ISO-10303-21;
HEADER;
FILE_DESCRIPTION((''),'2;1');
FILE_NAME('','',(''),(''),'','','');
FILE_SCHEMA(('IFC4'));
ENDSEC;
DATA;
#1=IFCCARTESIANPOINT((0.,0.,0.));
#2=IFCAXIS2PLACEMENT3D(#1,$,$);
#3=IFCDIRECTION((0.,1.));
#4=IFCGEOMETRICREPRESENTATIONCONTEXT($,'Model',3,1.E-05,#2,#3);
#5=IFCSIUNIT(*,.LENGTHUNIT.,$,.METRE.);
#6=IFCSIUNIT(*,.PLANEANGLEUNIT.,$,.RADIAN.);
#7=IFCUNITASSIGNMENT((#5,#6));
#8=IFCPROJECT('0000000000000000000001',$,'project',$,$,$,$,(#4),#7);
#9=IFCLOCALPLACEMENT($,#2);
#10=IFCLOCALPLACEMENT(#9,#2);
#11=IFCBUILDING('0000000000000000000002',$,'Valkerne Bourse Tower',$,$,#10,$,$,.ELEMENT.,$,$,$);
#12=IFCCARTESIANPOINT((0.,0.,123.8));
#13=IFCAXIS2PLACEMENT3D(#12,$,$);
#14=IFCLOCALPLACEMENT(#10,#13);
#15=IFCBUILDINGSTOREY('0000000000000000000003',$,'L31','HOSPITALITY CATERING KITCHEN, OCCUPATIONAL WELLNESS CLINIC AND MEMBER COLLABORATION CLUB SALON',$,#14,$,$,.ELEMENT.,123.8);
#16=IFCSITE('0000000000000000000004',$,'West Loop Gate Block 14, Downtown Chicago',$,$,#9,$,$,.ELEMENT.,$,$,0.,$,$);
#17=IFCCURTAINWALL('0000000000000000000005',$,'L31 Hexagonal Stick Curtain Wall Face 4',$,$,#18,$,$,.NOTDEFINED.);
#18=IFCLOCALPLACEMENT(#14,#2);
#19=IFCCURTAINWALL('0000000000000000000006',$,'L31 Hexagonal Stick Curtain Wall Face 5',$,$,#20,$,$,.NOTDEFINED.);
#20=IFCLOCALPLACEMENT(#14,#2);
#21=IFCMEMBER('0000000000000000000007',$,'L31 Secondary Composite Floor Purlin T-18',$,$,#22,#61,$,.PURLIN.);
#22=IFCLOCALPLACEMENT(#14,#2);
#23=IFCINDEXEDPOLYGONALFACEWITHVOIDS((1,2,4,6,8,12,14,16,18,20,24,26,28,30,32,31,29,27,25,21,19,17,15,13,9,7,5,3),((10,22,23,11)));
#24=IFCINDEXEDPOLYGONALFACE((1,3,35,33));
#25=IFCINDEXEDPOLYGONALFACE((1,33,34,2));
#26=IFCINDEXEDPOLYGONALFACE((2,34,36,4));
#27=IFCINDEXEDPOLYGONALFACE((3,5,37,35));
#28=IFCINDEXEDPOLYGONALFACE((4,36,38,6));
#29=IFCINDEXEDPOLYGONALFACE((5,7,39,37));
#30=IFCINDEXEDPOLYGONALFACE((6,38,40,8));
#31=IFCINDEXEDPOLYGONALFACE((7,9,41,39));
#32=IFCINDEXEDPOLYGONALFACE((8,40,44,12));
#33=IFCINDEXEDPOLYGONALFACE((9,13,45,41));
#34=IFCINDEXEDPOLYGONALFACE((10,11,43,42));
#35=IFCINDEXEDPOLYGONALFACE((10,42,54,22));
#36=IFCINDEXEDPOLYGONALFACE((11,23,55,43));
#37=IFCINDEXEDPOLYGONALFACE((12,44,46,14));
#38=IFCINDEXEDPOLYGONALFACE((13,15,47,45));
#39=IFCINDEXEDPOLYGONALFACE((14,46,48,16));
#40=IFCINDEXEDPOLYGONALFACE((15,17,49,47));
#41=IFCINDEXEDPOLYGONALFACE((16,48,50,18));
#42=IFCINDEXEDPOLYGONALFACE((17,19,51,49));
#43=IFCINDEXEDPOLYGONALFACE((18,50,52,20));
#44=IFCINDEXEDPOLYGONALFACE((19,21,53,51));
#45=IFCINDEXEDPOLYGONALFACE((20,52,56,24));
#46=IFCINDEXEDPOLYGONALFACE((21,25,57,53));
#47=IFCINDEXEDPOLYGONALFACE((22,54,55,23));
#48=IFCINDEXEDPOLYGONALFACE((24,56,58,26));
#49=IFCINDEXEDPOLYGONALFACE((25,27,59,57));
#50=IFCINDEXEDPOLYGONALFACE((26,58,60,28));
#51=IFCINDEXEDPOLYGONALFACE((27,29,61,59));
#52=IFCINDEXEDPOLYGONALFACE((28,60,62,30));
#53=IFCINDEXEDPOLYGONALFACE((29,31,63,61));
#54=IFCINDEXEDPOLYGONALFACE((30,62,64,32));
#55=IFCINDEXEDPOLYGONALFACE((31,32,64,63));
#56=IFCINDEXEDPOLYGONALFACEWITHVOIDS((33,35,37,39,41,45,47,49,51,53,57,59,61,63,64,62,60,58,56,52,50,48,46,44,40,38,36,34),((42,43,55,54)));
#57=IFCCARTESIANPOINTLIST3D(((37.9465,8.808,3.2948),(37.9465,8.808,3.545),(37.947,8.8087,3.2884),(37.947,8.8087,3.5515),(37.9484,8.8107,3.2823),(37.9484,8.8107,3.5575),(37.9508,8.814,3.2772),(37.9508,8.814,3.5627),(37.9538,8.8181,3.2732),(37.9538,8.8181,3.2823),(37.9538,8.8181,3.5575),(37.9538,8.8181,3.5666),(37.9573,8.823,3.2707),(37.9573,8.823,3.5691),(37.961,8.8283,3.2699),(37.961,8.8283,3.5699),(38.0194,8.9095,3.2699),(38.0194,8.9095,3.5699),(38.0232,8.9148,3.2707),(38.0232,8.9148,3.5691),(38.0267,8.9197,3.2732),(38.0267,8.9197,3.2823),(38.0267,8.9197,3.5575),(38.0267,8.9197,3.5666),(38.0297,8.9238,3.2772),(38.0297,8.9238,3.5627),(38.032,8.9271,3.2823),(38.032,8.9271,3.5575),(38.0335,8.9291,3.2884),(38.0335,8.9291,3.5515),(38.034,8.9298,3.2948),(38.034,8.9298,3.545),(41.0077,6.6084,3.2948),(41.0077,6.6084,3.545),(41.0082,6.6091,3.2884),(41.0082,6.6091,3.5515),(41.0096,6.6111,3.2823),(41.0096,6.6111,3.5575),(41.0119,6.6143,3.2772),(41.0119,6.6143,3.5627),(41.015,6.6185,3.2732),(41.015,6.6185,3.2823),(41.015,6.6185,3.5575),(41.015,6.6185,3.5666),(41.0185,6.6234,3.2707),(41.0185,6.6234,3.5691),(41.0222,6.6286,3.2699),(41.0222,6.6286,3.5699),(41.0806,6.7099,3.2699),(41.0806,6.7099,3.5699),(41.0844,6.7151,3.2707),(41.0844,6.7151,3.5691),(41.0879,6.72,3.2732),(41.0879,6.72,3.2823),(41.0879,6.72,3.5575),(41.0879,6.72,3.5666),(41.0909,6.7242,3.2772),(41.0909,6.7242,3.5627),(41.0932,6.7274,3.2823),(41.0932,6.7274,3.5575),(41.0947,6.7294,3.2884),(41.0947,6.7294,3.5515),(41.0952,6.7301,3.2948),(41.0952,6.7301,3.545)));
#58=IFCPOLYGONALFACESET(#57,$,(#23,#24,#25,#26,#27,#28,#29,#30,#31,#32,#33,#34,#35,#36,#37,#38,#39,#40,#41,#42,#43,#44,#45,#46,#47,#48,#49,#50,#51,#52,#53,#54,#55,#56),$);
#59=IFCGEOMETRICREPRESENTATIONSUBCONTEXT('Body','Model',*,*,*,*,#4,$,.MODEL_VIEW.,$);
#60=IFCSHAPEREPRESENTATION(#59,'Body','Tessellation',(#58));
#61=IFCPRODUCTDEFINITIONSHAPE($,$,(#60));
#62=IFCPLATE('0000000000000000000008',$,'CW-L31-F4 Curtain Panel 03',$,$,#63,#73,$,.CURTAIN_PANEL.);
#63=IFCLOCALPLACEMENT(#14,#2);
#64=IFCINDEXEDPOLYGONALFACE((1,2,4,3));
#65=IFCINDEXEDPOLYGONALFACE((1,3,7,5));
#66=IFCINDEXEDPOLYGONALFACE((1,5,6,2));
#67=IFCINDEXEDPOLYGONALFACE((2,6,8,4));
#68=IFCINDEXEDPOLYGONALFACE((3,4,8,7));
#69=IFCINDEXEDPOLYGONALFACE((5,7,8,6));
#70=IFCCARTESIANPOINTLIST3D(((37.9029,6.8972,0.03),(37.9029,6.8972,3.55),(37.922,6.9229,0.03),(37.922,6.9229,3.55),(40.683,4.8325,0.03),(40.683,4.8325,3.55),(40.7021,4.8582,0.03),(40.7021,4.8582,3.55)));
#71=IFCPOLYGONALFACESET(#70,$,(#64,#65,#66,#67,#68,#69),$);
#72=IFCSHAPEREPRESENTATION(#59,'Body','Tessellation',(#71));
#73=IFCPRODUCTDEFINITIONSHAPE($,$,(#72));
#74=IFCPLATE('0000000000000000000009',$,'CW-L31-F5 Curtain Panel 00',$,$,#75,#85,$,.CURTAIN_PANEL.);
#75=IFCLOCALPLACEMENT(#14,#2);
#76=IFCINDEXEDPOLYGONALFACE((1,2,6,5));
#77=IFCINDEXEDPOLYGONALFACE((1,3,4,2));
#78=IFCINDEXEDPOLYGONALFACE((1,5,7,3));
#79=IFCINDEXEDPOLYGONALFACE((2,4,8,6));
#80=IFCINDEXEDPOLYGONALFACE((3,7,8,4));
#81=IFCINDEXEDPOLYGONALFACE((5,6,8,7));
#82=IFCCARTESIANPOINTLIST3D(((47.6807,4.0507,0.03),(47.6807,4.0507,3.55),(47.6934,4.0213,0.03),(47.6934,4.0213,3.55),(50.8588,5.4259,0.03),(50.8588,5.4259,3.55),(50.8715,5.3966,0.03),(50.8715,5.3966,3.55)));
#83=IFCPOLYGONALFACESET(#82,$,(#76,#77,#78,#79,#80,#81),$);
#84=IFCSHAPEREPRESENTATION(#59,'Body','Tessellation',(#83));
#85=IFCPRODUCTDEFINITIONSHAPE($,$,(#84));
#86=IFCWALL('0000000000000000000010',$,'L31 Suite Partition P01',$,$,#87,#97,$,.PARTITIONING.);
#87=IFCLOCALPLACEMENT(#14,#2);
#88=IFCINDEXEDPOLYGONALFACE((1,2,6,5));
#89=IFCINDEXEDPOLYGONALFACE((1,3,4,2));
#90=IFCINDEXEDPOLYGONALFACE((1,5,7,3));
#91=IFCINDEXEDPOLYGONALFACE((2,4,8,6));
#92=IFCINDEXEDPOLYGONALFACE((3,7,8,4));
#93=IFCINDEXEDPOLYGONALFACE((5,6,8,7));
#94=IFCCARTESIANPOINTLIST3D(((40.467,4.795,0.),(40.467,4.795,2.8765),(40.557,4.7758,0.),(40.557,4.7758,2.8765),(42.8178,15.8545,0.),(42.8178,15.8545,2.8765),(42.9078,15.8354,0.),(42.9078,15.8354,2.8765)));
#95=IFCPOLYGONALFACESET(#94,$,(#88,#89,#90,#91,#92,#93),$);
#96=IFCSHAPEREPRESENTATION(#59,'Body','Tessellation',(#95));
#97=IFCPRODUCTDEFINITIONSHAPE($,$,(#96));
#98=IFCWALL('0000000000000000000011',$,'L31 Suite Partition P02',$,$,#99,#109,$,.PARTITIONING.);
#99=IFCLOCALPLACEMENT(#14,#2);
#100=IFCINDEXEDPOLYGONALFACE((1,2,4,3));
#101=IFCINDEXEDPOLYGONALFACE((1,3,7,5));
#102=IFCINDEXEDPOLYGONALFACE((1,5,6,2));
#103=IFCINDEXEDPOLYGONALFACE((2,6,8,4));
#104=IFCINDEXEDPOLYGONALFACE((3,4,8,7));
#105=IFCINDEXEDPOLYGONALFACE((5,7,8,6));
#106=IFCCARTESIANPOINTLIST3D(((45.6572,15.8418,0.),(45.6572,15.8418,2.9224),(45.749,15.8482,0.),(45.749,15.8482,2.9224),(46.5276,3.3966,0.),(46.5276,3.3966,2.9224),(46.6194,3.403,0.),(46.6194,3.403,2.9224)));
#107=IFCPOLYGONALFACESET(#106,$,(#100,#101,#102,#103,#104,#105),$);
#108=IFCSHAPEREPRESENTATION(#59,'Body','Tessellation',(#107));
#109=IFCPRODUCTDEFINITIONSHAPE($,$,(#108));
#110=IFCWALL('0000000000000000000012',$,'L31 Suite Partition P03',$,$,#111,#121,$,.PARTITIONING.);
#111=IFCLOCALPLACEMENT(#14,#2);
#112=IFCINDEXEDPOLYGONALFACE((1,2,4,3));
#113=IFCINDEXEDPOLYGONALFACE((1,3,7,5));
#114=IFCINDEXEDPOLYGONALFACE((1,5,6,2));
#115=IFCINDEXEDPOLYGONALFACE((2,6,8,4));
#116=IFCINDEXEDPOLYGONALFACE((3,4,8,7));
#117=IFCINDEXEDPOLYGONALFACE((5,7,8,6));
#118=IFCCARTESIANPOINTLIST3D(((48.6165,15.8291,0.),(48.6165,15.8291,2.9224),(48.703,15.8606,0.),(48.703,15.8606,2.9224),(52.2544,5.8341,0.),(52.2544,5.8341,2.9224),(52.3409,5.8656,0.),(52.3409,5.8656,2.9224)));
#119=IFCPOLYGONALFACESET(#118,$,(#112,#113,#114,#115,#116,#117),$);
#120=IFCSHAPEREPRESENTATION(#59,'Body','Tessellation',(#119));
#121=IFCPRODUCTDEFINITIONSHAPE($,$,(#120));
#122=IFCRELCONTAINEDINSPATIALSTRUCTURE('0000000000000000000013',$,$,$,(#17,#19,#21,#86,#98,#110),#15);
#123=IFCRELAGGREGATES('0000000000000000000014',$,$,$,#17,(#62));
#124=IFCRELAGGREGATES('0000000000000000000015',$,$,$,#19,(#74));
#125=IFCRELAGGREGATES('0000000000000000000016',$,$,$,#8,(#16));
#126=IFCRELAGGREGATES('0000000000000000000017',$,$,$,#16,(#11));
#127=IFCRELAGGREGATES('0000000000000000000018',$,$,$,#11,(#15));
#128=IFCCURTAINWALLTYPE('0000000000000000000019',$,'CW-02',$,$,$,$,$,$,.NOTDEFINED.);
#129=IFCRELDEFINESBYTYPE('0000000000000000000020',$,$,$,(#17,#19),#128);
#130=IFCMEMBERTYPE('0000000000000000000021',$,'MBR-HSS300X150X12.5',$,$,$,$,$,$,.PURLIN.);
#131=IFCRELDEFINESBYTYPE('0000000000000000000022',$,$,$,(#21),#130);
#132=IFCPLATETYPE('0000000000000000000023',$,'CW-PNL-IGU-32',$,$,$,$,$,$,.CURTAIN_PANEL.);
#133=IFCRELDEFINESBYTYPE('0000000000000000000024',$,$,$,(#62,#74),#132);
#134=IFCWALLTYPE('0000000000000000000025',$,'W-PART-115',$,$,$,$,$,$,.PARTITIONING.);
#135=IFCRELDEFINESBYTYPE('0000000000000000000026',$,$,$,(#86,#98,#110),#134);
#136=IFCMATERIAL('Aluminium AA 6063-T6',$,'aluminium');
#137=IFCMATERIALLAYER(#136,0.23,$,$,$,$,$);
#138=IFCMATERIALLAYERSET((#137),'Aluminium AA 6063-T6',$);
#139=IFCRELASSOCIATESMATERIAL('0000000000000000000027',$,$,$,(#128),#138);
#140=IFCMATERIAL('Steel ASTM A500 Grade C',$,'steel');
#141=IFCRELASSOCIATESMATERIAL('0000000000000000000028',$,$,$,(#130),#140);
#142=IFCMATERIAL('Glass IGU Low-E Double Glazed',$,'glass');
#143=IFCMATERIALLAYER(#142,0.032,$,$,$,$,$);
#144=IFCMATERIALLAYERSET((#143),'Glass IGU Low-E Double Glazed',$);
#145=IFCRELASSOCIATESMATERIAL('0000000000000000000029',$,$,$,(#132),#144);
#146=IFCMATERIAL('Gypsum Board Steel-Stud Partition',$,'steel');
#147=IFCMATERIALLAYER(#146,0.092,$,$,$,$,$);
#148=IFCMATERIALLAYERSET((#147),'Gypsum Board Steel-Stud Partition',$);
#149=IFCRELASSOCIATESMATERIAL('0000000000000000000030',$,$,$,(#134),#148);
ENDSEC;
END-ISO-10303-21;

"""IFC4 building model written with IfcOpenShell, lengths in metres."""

from ifc_helpers import new_model, si_unit, direction, frame, frame_2d, origin, origin_2d, place, context, subcontext, project, spatial, rectangle, hollow_rectangle, extrude, material, layer, layer_set, material_profile, profile_set, type_object, element, aggregate, save


model = new_model("IFC4")

# Units and contexts
model_context = context("Model", 3, precision=1e-05, world=origin(), true_north=direction((0.0, 1.0)))
body_context = subcontext(model_context, "Body", "Model", "MODEL_VIEW")
ifc_project = project(units=[si_unit("LENGTHUNIT", "METRE"), si_unit("PLANEANGLEUNIT", "RADIAN")], contexts=[model_context])

# Site, building, storey
site_placement = place(None, origin())
site = spatial("IfcSite", under=ifc_project, at=site_placement, Name="West Loop Gate Block 14, Downtown Chicago", CompositionType="ELEMENT", RefElevation=0.0)
building_placement = place(site_placement, origin())
building = spatial("IfcBuilding", under=site, at=building_placement, Name="Valkerne Bourse Tower", CompositionType="ELEMENT")
storey_placement = place(building_placement, frame((0.0, 0.0, 123.8)))
storey = spatial("IfcBuildingStorey", under=building, at=storey_placement, Name="L31", Description="HOSPITALITY CATERING KITCHEN, OCCUPATIONAL WELLNESS CLINIC AND MEMBER COLLABORATION CLUB SALON", CompositionType="ELEMENT", Elevation=123.8)

# Curtain walls
ifc_material_1 = material(Name="Aluminium AA 6063-T6", Category="aluminium")
ifc_layer_1 = layer(ifc_material_1, 0.23)
ifc_layer_set_1 = layer_set([ifc_layer_1], Name="Aluminium AA 6063-T6")
curtain_wall_type = type_object("IfcCurtainWallType", Name="CW-02", PredefinedType="NOTDEFINED", material=ifc_layer_set_1)
curtain_wall_1_placement = place(storey_placement, origin())
curtain_wall_1 = element("IfcCurtainWall", 1, at=curtain_wall_1_placement, inside=storey, type_object=curtain_wall_type, Name="L31 Hexagonal Stick Curtain Wall Face 4", PredefinedType="NOTDEFINED")
curtain_wall_2_placement = place(storey_placement, origin())
curtain_wall_2 = element("IfcCurtainWall", 2, at=curtain_wall_2_placement, inside=storey, type_object=curtain_wall_type, Name="L31 Hexagonal Stick Curtain Wall Face 5", PredefinedType="NOTDEFINED")

# Member
ifc_material_2 = material(Name="Steel ASTM A500 Grade C", Category="steel")
ifc_material_profile_1 = material_profile(ifc_material_2, hollow_rectangle(XDim=0.1499, YDim=0.3, WallThickness=0.0125, OuterFilletRadius=0.0249, at=origin_2d()), Name="HSS300X150X12.5")
ifc_profile_set_1 = profile_set([ifc_material_profile_1], Name="Steel ASTM A500 Grade C")
member_type_1 = type_object("IfcMemberType", Name="MBR-HSS300X150X12.5", PredefinedType="PURLIN", material=ifc_profile_set_1)
member_1_placement = place(storey_placement, frame((37.9902, 8.8689, 3.4199), z_axis=(0.812089, -0.583533, 0.0), x_axis=(0.583533, 0.812089, 0.0)))
element("IfcMember", 3, at=member_1_placement, inside=storey, type_object=member_type_1, Name="L31 Secondary Composite Floor Purlin T-18", PredefinedType="PURLIN", context=body_context, shape_type="SweptSolid", body=[
    extrude(hollow_rectangle(XDim=0.1499, YDim=0.3, WallThickness=0.0125, OuterFilletRadius=0.0249, at=origin_2d()), origin(), (0.0, 0.0, 1.0), 3.7695),
])

# Plates
ifc_material_3 = material(Name="Glass IGU Low-E Double Glazed", Category="glass")
ifc_layer_2 = layer(ifc_material_3, 0.032)
ifc_layer_set_2 = layer_set([ifc_layer_2], Name="Glass IGU Low-E Double Glazed")
plate_type = type_object("IfcPlateType", Name="CW-PNL-IGU-32", PredefinedType="CURTAIN_PANEL", material=ifc_layer_set_2)
plate_1_placement = place(storey_placement, frame((39.3025, 5.8777, 0.03), z_axis=(0.0, 0.0, 1.0), x_axis=(0.802817, -0.596226, 0.0)))
plate_1 = element("IfcPlate", 4, at=plate_1_placement, type_object=plate_type, Name="CW-L31-F4 Curtain Panel 03", PredefinedType="CURTAIN_PANEL", context=body_context, shape_type="SweptSolid", body=[
    extrude(rectangle(XDim=3.4629, YDim=0.032, at=origin_2d()), origin(), (0.0, 0.0, 1.0), 3.52),
])
aggregate(curtain_wall_1, [plate_1])
plate_2_placement = place(storey_placement, frame((49.2761, 4.7236, 0.03), z_axis=(0.0, 0.0, 1.0), x_axis=(0.917762, 0.39713, 0.0)))
plate_2 = element("IfcPlate", 5, at=plate_2_placement, type_object=plate_type, Name="CW-L31-F5 Curtain Panel 00", PredefinedType="CURTAIN_PANEL", context=body_context, shape_type="SweptSolid", body=[
    extrude(rectangle(XDim=3.4629, YDim=0.032, at=origin_2d()), origin(), (0.0, 0.0, 1.0), 3.52),
])
aggregate(curtain_wall_2, [plate_2])

# Walls
ifc_material_4 = material(Name="Gypsum Board Steel-Stud Partition", Category="steel")
ifc_layer_3 = layer(ifc_material_4, 0.092)
ifc_layer_set_3 = layer_set([ifc_layer_3], Name="Gypsum Board Steel-Stud Partition")
wall_type = type_object("IfcWallType", Name="W-PART-115", PredefinedType="PARTITIONING", material=ifc_layer_set_3)
wall_1_placement = place(storey_placement, frame((42.8628, 15.845, 0.0), z_axis=(0.0, 0.0, 1.0), x_axis=(-0.207916, -0.978147, 0.0)))
element("IfcWall", 6, at=wall_1_placement, inside=storey, type_object=wall_type, Name="L31 Suite Partition P01", PredefinedType="PARTITIONING", context=body_context, shape_type="SweptSolid", body=[
    extrude(rectangle(XDim=11.3066, YDim=0.092, at=frame_2d((5.6533, 0.0))), origin(), (0.0, 0.0, 1.0), 2.8765),
])
wall_2_placement = place(storey_placement, frame((45.7031, 15.845, 0.0), z_axis=(0.0, 0.0, 1.0), x_axis=(0.069766, -0.997563, 0.0)))
element("IfcWall", 7, at=wall_2_placement, inside=storey, type_object=wall_type, Name="L31 Suite Partition P02", PredefinedType="PARTITIONING", context=body_context, shape_type="SweptSolid", body=[
    extrude(rectangle(XDim=12.4756, YDim=0.092, at=frame_2d((6.2378, 0.0))), origin(), (0.0, 0.0, 1.0), 2.9224),
])
wall_3_placement = place(storey_placement, frame((48.6597, 15.845, 0.0), z_axis=(0.0, 0.0, 1.0), x_axis=(0.342029, -0.93969, 0.0)))
element("IfcWall", 8, at=wall_3_placement, inside=storey, type_object=wall_type, Name="L31 Suite Partition P03", PredefinedType="PARTITIONING", context=body_context, shape_type="SweptSolid", body=[
    extrude(rectangle(XDim=10.6365, YDim=0.092, at=frame_2d((5.3184, 0.0))), origin(), (0.0, 0.0, 1.0), 2.9224),
])

save(model, "model.ifc")
